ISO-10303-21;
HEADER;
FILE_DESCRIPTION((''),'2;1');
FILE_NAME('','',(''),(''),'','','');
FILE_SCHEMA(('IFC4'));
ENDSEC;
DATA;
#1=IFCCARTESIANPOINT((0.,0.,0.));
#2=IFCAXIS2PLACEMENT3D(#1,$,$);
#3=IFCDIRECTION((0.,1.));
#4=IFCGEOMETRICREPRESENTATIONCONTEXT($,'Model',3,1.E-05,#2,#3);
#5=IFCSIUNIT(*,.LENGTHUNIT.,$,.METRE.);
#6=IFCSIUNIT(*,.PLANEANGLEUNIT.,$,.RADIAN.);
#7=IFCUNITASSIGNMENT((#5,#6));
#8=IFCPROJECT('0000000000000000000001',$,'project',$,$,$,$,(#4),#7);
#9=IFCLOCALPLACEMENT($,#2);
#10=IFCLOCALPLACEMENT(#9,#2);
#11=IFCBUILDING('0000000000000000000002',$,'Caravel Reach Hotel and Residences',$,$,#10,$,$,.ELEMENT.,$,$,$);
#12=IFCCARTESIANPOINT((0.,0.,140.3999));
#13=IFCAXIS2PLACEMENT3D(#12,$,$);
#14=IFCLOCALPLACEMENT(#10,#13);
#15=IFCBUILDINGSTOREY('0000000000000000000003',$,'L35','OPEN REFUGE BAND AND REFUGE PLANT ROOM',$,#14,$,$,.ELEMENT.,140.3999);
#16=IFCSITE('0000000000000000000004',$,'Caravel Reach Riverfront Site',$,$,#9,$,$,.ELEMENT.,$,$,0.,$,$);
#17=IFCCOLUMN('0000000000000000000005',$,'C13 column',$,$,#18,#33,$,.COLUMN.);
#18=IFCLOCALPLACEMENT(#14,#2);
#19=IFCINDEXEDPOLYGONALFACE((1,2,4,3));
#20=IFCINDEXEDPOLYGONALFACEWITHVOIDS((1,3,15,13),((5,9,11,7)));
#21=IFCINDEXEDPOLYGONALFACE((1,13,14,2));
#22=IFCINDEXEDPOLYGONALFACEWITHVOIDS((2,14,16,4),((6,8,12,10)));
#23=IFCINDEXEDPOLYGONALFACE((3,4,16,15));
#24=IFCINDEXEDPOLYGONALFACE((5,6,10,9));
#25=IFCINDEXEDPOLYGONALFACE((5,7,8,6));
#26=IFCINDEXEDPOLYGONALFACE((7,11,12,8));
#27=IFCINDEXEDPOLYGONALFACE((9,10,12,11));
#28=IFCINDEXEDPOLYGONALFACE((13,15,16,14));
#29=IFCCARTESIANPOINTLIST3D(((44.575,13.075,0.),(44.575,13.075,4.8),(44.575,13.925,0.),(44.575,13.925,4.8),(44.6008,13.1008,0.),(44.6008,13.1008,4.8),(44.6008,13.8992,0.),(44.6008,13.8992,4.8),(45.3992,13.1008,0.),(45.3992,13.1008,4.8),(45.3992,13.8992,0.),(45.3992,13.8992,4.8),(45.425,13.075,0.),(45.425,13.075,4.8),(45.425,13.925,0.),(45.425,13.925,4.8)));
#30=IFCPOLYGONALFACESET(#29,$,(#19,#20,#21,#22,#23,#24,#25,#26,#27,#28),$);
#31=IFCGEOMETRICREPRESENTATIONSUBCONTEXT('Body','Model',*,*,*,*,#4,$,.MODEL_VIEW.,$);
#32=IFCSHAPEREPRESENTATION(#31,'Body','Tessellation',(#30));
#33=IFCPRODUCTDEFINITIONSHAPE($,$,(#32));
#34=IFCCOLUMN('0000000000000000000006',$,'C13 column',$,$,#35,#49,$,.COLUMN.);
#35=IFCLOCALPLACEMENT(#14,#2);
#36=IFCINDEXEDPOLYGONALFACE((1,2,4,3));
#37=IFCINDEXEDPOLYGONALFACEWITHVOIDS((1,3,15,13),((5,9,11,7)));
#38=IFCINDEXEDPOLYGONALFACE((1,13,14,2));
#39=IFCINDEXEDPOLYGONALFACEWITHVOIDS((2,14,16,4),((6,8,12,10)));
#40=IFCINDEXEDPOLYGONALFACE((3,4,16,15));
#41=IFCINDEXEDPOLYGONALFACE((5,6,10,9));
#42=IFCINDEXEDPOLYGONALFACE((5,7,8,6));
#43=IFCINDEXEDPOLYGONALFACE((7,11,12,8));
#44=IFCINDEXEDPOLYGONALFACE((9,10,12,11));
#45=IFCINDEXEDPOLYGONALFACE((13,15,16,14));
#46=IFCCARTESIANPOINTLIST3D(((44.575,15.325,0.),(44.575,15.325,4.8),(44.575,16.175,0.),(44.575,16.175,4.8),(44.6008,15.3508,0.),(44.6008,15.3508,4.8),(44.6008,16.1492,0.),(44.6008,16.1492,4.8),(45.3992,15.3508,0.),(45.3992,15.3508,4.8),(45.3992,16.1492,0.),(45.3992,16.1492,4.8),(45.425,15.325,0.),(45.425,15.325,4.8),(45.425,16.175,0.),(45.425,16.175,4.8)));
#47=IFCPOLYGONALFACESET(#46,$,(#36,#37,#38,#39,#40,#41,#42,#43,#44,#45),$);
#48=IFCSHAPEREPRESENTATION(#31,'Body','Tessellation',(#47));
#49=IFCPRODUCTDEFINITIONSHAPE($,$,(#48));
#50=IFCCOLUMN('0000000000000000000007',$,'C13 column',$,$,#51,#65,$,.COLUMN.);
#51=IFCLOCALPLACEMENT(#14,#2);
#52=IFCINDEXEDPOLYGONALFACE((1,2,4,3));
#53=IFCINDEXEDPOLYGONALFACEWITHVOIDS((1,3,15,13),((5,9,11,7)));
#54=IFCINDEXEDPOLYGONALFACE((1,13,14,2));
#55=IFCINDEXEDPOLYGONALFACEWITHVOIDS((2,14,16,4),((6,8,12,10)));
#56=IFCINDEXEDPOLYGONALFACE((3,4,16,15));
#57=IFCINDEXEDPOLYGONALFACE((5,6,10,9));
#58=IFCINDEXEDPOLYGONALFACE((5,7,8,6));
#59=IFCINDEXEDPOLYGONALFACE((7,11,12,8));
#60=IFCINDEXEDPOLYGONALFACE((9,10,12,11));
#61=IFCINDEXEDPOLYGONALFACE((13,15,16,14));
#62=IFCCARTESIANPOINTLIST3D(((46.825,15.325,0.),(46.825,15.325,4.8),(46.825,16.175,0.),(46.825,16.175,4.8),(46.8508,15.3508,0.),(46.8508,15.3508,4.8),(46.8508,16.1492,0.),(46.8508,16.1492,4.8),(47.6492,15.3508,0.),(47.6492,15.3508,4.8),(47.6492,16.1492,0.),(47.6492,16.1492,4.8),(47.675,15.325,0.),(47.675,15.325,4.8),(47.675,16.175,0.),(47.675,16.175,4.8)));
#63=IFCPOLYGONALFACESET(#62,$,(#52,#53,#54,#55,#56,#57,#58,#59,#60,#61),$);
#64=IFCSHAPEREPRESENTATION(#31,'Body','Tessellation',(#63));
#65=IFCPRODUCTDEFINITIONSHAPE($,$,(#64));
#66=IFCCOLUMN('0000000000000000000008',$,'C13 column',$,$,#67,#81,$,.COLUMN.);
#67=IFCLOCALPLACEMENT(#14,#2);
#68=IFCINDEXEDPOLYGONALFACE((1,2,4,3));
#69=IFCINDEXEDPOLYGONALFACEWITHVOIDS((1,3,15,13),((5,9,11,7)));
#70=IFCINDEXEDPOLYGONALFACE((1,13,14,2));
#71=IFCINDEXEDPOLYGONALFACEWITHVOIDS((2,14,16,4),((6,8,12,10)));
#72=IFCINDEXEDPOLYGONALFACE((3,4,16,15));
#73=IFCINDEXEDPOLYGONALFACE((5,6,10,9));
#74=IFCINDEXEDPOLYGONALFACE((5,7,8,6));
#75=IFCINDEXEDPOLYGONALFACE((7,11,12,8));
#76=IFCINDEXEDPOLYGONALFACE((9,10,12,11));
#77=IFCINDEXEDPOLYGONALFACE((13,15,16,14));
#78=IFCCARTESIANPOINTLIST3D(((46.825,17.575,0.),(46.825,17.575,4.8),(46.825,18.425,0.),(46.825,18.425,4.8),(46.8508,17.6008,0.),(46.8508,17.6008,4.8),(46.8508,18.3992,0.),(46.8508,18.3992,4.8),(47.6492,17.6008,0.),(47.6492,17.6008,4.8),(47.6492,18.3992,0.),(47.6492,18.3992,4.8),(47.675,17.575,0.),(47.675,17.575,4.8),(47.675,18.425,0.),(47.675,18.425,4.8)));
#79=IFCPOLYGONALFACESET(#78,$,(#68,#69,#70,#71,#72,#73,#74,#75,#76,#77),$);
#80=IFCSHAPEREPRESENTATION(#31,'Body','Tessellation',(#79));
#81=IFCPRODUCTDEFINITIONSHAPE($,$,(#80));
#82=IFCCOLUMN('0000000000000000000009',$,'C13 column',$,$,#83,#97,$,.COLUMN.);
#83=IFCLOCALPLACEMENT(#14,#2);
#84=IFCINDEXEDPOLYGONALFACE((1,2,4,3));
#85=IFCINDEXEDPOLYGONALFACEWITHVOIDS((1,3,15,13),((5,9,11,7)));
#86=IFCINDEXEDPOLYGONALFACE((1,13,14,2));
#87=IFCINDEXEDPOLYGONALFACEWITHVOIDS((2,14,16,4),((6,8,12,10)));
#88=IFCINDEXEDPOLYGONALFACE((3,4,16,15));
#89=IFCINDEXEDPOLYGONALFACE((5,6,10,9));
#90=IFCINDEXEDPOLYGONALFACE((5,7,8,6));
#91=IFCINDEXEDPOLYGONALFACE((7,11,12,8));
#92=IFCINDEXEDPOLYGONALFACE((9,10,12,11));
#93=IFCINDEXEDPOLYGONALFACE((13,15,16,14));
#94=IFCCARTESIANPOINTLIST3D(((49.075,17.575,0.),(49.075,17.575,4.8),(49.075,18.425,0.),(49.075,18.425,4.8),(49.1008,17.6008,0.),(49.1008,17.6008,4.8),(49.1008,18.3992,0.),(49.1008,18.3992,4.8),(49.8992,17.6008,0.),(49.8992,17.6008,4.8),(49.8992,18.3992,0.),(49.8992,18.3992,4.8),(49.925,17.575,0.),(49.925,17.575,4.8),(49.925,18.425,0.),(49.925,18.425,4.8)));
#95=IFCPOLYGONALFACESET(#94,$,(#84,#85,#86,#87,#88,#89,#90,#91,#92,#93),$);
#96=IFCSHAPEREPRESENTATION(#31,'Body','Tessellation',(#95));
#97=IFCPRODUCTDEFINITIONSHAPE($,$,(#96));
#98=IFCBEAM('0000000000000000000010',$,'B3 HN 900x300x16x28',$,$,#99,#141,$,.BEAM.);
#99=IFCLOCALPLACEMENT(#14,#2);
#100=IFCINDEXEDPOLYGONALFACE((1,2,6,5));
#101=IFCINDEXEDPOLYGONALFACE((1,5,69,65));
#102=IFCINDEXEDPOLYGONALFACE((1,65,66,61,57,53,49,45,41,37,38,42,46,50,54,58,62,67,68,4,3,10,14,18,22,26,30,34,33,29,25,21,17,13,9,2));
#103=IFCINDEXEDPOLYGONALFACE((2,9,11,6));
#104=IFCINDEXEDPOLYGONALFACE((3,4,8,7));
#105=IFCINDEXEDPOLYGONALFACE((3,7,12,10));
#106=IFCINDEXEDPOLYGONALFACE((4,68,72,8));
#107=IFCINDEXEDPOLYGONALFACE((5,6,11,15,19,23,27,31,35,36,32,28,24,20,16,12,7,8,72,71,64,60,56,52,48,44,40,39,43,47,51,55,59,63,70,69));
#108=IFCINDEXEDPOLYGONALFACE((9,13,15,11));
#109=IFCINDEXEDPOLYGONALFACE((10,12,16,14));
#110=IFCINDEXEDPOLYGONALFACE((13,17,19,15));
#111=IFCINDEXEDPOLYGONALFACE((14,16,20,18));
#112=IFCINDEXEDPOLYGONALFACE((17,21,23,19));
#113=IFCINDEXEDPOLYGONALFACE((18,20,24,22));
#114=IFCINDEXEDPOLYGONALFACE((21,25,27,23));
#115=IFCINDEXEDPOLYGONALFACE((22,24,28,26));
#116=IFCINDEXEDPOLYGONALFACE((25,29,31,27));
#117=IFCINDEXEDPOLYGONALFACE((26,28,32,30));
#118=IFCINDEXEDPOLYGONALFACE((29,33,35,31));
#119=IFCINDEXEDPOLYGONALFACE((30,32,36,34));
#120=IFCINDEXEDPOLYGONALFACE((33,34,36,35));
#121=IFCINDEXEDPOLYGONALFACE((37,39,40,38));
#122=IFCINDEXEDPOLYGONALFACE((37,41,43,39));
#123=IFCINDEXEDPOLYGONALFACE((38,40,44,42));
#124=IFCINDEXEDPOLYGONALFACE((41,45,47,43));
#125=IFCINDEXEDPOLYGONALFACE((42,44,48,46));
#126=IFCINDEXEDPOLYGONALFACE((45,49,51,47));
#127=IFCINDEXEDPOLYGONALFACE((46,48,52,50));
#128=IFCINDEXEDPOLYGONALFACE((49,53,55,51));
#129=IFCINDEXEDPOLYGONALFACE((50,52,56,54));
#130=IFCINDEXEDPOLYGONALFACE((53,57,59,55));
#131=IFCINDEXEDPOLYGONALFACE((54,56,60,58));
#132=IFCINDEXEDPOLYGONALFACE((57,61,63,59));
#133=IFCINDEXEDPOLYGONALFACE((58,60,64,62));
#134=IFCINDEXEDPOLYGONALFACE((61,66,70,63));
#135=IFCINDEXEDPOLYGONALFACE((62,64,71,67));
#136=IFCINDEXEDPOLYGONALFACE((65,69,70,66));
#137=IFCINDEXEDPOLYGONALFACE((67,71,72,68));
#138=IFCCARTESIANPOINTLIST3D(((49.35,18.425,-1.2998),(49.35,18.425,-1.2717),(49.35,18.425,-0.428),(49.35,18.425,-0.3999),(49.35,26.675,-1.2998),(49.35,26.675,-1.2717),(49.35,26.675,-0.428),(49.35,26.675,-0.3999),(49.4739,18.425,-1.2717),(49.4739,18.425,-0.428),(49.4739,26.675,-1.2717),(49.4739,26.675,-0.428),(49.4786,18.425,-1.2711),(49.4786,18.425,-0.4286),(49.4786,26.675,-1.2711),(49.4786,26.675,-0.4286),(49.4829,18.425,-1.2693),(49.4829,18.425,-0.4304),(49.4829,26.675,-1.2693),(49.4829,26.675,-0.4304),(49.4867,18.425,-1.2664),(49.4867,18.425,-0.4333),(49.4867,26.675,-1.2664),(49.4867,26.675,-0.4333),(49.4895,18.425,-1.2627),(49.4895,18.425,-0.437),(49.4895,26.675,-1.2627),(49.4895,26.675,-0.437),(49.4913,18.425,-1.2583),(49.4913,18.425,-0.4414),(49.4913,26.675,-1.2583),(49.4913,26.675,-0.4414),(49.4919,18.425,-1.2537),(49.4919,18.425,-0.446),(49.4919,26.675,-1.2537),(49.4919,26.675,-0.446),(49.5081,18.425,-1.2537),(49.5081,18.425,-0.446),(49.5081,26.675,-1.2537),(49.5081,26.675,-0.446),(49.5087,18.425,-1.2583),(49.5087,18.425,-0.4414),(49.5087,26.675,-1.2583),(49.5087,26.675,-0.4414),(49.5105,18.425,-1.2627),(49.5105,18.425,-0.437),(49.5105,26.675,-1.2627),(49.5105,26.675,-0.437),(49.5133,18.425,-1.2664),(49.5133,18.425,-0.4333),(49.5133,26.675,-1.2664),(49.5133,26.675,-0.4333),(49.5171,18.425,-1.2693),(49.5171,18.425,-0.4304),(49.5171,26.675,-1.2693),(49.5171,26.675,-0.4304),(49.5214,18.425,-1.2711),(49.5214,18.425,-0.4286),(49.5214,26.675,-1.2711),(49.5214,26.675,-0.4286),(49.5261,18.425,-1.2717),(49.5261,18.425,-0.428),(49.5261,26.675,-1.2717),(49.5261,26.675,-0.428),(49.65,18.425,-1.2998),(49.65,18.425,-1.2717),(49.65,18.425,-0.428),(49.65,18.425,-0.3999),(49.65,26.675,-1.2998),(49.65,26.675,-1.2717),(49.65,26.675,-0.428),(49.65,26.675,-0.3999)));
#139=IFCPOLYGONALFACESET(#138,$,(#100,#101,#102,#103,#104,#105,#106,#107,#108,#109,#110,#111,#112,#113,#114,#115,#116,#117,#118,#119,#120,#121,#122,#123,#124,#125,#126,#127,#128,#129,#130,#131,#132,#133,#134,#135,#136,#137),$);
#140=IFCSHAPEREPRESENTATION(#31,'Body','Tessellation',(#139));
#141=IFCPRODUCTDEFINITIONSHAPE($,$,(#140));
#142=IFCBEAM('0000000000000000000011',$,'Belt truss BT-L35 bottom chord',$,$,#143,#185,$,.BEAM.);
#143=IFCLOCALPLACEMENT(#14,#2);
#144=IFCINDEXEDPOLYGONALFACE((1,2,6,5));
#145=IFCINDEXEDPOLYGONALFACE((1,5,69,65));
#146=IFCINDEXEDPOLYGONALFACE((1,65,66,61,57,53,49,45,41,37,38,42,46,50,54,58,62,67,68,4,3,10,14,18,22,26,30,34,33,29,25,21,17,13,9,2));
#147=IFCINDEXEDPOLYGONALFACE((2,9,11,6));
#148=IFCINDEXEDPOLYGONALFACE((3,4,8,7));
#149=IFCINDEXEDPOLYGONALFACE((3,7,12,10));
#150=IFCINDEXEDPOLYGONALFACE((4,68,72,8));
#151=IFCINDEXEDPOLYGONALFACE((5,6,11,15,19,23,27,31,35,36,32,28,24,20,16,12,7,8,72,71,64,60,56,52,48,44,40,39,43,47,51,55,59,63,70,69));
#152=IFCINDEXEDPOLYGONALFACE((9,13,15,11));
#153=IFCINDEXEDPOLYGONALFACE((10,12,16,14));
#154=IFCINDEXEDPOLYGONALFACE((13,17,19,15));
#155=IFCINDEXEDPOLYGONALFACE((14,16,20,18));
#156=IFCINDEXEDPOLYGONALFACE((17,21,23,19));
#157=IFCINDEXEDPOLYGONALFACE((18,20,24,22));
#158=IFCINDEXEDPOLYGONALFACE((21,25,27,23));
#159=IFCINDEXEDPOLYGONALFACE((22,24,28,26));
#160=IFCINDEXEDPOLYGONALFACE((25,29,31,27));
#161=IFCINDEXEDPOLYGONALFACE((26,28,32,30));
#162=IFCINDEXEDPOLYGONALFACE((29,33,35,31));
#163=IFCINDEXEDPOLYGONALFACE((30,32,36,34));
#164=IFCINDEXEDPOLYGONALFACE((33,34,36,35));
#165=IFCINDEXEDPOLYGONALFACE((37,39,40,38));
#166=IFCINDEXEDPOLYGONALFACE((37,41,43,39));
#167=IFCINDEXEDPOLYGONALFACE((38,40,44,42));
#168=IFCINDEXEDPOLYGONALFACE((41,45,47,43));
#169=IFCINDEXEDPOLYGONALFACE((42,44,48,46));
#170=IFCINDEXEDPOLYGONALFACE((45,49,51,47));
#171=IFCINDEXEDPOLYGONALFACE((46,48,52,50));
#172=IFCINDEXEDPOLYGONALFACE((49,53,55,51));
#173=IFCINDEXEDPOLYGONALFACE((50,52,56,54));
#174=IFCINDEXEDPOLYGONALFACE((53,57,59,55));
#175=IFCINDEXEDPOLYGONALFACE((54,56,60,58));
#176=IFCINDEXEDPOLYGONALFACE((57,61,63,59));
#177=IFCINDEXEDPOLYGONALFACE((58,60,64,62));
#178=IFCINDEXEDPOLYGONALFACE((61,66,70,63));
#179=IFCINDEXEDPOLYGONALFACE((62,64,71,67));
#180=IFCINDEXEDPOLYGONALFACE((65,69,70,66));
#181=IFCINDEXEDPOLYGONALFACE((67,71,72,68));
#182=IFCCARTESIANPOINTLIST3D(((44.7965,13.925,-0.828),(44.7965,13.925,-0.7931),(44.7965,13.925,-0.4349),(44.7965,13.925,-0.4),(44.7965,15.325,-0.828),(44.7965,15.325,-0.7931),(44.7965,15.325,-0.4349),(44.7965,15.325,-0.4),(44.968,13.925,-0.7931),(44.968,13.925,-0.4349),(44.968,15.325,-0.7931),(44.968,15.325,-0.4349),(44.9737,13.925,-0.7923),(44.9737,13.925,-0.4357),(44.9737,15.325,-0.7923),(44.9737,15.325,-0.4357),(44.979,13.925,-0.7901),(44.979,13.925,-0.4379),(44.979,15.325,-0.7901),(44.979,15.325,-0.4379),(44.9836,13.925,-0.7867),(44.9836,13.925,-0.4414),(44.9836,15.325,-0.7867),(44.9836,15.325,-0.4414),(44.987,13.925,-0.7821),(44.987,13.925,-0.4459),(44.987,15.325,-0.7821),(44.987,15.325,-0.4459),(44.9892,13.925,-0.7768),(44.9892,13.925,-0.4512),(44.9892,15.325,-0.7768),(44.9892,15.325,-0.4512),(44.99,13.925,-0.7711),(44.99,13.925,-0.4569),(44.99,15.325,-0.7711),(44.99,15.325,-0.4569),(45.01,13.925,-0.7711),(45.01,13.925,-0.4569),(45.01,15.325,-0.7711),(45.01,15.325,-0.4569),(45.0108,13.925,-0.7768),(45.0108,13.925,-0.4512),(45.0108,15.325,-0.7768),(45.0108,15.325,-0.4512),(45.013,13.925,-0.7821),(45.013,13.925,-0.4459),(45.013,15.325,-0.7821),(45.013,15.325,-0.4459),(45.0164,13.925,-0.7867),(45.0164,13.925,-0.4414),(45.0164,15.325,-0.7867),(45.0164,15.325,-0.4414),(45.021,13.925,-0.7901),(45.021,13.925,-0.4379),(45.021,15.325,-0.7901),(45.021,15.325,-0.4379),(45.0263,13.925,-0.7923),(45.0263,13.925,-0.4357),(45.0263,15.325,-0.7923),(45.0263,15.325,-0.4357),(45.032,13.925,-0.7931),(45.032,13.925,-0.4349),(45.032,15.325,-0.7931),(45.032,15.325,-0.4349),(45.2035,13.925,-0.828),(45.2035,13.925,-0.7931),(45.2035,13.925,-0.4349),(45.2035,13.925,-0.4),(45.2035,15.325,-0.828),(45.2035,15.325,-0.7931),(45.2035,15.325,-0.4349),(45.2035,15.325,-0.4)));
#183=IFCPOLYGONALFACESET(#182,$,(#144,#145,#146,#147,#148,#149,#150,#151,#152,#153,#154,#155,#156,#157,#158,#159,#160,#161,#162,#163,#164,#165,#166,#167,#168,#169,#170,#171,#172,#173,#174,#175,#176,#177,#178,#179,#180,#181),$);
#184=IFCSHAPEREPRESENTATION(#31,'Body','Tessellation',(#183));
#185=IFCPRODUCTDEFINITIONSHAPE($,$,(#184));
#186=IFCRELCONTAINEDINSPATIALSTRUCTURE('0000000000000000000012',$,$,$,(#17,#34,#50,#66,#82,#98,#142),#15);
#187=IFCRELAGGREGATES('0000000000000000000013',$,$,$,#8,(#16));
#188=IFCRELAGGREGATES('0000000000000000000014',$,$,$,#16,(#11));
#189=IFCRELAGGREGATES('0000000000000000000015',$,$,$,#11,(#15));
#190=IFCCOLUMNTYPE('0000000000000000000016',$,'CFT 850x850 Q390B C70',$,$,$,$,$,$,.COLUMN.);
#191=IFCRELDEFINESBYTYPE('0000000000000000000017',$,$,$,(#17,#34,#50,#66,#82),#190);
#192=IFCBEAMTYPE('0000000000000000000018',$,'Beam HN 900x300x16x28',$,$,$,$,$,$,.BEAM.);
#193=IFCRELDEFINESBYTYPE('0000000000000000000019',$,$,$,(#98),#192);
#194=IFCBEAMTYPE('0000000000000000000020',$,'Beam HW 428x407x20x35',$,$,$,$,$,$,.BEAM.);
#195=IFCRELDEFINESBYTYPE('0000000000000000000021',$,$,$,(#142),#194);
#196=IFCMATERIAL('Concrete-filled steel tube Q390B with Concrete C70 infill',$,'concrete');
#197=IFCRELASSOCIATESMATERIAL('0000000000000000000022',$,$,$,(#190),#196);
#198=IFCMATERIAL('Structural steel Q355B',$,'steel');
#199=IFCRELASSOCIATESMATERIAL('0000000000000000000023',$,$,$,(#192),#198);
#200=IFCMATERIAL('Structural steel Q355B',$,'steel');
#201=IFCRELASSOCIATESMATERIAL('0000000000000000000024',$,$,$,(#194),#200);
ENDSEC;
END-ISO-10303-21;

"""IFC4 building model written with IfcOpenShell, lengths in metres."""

from ifc_helpers import new_model, si_unit, direction, frame, origin, origin_2d, place, context, subcontext, project, spatial, hollow_rectangle, i_section, extrude, material, material_profile, profile_set, type_object, element, save


model = new_model("IFC4")

# Units and contexts
model_context = context("Model", 3, precision=1e-05, world=origin(), true_north=direction((0.0, 1.0)))
body_context = subcontext(model_context, "Body", "Model", "MODEL_VIEW")
ifc_project = project(units=[si_unit("LENGTHUNIT", "METRE"), si_unit("PLANEANGLEUNIT", "RADIAN")], contexts=[model_context])

# Site, building, storey
site_placement = place(None, origin())
site = spatial("IfcSite", under=ifc_project, at=site_placement, Name="Caravel Reach Riverfront Site", CompositionType="ELEMENT", RefElevation=0.0)
building_placement = place(site_placement, origin())
building = spatial("IfcBuilding", under=site, at=building_placement, Name="Caravel Reach Hotel and Residences", CompositionType="ELEMENT")
storey_placement = place(building_placement, frame((0.0, 0.0, 140.3999)))
storey = spatial("IfcBuildingStorey", under=building, at=storey_placement, Name="L35", Description="OPEN REFUGE BAND AND REFUGE PLANT ROOM", CompositionType="ELEMENT", Elevation=140.3999)

# Columns
ifc_material_1 = material(Name="Concrete-filled steel tube Q390B with Concrete C70 infill", Category="concrete")
ifc_material_profile_1 = material_profile(ifc_material_1, hollow_rectangle(XDim=0.8501, YDim=0.8501, WallThickness=0.0259, at=origin_2d()), Name="RHS 850x850x26")
ifc_profile_set_1 = profile_set([ifc_material_profile_1], Name="Concrete-filled steel tube Q390B with Concrete C70 infill")
column_type = type_object("IfcColumnType", Name="CFT 850x850 Q390B C70", PredefinedType="COLUMN", material=ifc_profile_set_1)
for number, where, z_axis, x_axis, name in (
    (1, (45.0, 13.5, 0.0), (0.0, 0.0, 1.0), (1.0, 0.0, 0.0), "C13 column"),
    (2, (45.0, 15.75, 0.0), (0.0, 0.0, 1.0), (1.0, 0.0, 0.0), "C13 column"),
    (3, (47.25, 15.75, 0.0), (0.0, 0.0, 1.0), (1.0, 0.0, 0.0), "C13 column"),
    (4, (47.25, 18.0, 0.0), (0.0, 0.0, 1.0), (1.0, 0.0, 0.0), "C13 column"),
    (5, (49.5, 18.0, 0.0), (0.0, 0.0, 1.0), (1.0, 0.0, 0.0), "C13 column"),
):
    element("IfcColumn", number, at=place(storey_placement, frame(where, z_axis=z_axis, x_axis=x_axis)), inside=storey, type_object=column_type, Name=name, PredefinedType="COLUMN", context=body_context, shape_type="SweptSolid", body=[
        extrude(hollow_rectangle(XDim=0.8501, YDim=0.8501, WallThickness=0.0259, at=origin_2d()), origin(), (0.0, 0.0, 1.0), 4.8),
    ])

# Beams
ifc_material_2 = material(Name="Structural steel Q355B", Category="steel")
ifc_material_profile_2 = material_profile(ifc_material_2, i_section(OverallWidth=0.3, OverallDepth=0.8999, WebThickness=0.0161, FlangeThickness=0.0281, FilletRadius=0.0181, at=origin_2d()), Name="HN 900x300x16x28")
ifc_profile_set_2 = profile_set([ifc_material_profile_2], Name="Structural steel Q355B")
beam_type_1 = type_object("IfcBeamType", Name="Beam HN 900x300x16x28", PredefinedType="BEAM", material=ifc_profile_set_2)
beam_placement = place(storey_placement, frame((49.5, 18.425, -0.8499), z_axis=(0.0, 1.0, 0.0), x_axis=(-1.0, 0.0, 0.0)))
element("IfcBeam", 6, at=beam_placement, inside=storey, type_object=beam_type_1, Name="B3 HN 900x300x16x28", PredefinedType="BEAM", context=body_context, shape_type="SweptSolid", body=[
    extrude(i_section(OverallWidth=0.3, OverallDepth=0.8999, WebThickness=0.0161, FlangeThickness=0.0281, FilletRadius=0.0181, at=origin_2d()), origin(), (0.0, 0.0, 1.0), 8.25),
])
ifc_material_3 = material(Name="Structural steel Q355B", Category="steel")
ifc_material_profile_3 = material_profile(ifc_material_3, i_section(OverallWidth=0.407, OverallDepth=0.428, WebThickness=0.02, FlangeThickness=0.0349, FilletRadius=0.022, at=origin_2d()), Name="HW 428x407x20x35")
ifc_profile_set_3 = profile_set([ifc_material_profile_3], Name="Structural steel Q355B")
beam_type_2 = type_object("IfcBeamType", Name="Beam HW 428x407x20x35", PredefinedType="BEAM", material=ifc_profile_set_3)
for number, where, z_axis, x_axis, name in (
    (7, (45.0, 13.925, -0.614), (0.0, 1.0, 0.0), (-1.0, 0.0, 0.0), "Belt truss BT-L35 bottom chord"),
):
    element("IfcBeam", number, at=place(storey_placement, frame(where, z_axis=z_axis, x_axis=x_axis)), inside=storey, type_object=beam_type_2, Name=name, PredefinedType="BEAM", context=body_context, shape_type="SweptSolid", body=[
        extrude(i_section(OverallWidth=0.407, OverallDepth=0.428, WebThickness=0.02, FlangeThickness=0.0349, FilletRadius=0.022, at=origin_2d()), origin(), (0.0, 0.0, 1.0), 1.3999),
    ])

save(model, "model.ifc")
